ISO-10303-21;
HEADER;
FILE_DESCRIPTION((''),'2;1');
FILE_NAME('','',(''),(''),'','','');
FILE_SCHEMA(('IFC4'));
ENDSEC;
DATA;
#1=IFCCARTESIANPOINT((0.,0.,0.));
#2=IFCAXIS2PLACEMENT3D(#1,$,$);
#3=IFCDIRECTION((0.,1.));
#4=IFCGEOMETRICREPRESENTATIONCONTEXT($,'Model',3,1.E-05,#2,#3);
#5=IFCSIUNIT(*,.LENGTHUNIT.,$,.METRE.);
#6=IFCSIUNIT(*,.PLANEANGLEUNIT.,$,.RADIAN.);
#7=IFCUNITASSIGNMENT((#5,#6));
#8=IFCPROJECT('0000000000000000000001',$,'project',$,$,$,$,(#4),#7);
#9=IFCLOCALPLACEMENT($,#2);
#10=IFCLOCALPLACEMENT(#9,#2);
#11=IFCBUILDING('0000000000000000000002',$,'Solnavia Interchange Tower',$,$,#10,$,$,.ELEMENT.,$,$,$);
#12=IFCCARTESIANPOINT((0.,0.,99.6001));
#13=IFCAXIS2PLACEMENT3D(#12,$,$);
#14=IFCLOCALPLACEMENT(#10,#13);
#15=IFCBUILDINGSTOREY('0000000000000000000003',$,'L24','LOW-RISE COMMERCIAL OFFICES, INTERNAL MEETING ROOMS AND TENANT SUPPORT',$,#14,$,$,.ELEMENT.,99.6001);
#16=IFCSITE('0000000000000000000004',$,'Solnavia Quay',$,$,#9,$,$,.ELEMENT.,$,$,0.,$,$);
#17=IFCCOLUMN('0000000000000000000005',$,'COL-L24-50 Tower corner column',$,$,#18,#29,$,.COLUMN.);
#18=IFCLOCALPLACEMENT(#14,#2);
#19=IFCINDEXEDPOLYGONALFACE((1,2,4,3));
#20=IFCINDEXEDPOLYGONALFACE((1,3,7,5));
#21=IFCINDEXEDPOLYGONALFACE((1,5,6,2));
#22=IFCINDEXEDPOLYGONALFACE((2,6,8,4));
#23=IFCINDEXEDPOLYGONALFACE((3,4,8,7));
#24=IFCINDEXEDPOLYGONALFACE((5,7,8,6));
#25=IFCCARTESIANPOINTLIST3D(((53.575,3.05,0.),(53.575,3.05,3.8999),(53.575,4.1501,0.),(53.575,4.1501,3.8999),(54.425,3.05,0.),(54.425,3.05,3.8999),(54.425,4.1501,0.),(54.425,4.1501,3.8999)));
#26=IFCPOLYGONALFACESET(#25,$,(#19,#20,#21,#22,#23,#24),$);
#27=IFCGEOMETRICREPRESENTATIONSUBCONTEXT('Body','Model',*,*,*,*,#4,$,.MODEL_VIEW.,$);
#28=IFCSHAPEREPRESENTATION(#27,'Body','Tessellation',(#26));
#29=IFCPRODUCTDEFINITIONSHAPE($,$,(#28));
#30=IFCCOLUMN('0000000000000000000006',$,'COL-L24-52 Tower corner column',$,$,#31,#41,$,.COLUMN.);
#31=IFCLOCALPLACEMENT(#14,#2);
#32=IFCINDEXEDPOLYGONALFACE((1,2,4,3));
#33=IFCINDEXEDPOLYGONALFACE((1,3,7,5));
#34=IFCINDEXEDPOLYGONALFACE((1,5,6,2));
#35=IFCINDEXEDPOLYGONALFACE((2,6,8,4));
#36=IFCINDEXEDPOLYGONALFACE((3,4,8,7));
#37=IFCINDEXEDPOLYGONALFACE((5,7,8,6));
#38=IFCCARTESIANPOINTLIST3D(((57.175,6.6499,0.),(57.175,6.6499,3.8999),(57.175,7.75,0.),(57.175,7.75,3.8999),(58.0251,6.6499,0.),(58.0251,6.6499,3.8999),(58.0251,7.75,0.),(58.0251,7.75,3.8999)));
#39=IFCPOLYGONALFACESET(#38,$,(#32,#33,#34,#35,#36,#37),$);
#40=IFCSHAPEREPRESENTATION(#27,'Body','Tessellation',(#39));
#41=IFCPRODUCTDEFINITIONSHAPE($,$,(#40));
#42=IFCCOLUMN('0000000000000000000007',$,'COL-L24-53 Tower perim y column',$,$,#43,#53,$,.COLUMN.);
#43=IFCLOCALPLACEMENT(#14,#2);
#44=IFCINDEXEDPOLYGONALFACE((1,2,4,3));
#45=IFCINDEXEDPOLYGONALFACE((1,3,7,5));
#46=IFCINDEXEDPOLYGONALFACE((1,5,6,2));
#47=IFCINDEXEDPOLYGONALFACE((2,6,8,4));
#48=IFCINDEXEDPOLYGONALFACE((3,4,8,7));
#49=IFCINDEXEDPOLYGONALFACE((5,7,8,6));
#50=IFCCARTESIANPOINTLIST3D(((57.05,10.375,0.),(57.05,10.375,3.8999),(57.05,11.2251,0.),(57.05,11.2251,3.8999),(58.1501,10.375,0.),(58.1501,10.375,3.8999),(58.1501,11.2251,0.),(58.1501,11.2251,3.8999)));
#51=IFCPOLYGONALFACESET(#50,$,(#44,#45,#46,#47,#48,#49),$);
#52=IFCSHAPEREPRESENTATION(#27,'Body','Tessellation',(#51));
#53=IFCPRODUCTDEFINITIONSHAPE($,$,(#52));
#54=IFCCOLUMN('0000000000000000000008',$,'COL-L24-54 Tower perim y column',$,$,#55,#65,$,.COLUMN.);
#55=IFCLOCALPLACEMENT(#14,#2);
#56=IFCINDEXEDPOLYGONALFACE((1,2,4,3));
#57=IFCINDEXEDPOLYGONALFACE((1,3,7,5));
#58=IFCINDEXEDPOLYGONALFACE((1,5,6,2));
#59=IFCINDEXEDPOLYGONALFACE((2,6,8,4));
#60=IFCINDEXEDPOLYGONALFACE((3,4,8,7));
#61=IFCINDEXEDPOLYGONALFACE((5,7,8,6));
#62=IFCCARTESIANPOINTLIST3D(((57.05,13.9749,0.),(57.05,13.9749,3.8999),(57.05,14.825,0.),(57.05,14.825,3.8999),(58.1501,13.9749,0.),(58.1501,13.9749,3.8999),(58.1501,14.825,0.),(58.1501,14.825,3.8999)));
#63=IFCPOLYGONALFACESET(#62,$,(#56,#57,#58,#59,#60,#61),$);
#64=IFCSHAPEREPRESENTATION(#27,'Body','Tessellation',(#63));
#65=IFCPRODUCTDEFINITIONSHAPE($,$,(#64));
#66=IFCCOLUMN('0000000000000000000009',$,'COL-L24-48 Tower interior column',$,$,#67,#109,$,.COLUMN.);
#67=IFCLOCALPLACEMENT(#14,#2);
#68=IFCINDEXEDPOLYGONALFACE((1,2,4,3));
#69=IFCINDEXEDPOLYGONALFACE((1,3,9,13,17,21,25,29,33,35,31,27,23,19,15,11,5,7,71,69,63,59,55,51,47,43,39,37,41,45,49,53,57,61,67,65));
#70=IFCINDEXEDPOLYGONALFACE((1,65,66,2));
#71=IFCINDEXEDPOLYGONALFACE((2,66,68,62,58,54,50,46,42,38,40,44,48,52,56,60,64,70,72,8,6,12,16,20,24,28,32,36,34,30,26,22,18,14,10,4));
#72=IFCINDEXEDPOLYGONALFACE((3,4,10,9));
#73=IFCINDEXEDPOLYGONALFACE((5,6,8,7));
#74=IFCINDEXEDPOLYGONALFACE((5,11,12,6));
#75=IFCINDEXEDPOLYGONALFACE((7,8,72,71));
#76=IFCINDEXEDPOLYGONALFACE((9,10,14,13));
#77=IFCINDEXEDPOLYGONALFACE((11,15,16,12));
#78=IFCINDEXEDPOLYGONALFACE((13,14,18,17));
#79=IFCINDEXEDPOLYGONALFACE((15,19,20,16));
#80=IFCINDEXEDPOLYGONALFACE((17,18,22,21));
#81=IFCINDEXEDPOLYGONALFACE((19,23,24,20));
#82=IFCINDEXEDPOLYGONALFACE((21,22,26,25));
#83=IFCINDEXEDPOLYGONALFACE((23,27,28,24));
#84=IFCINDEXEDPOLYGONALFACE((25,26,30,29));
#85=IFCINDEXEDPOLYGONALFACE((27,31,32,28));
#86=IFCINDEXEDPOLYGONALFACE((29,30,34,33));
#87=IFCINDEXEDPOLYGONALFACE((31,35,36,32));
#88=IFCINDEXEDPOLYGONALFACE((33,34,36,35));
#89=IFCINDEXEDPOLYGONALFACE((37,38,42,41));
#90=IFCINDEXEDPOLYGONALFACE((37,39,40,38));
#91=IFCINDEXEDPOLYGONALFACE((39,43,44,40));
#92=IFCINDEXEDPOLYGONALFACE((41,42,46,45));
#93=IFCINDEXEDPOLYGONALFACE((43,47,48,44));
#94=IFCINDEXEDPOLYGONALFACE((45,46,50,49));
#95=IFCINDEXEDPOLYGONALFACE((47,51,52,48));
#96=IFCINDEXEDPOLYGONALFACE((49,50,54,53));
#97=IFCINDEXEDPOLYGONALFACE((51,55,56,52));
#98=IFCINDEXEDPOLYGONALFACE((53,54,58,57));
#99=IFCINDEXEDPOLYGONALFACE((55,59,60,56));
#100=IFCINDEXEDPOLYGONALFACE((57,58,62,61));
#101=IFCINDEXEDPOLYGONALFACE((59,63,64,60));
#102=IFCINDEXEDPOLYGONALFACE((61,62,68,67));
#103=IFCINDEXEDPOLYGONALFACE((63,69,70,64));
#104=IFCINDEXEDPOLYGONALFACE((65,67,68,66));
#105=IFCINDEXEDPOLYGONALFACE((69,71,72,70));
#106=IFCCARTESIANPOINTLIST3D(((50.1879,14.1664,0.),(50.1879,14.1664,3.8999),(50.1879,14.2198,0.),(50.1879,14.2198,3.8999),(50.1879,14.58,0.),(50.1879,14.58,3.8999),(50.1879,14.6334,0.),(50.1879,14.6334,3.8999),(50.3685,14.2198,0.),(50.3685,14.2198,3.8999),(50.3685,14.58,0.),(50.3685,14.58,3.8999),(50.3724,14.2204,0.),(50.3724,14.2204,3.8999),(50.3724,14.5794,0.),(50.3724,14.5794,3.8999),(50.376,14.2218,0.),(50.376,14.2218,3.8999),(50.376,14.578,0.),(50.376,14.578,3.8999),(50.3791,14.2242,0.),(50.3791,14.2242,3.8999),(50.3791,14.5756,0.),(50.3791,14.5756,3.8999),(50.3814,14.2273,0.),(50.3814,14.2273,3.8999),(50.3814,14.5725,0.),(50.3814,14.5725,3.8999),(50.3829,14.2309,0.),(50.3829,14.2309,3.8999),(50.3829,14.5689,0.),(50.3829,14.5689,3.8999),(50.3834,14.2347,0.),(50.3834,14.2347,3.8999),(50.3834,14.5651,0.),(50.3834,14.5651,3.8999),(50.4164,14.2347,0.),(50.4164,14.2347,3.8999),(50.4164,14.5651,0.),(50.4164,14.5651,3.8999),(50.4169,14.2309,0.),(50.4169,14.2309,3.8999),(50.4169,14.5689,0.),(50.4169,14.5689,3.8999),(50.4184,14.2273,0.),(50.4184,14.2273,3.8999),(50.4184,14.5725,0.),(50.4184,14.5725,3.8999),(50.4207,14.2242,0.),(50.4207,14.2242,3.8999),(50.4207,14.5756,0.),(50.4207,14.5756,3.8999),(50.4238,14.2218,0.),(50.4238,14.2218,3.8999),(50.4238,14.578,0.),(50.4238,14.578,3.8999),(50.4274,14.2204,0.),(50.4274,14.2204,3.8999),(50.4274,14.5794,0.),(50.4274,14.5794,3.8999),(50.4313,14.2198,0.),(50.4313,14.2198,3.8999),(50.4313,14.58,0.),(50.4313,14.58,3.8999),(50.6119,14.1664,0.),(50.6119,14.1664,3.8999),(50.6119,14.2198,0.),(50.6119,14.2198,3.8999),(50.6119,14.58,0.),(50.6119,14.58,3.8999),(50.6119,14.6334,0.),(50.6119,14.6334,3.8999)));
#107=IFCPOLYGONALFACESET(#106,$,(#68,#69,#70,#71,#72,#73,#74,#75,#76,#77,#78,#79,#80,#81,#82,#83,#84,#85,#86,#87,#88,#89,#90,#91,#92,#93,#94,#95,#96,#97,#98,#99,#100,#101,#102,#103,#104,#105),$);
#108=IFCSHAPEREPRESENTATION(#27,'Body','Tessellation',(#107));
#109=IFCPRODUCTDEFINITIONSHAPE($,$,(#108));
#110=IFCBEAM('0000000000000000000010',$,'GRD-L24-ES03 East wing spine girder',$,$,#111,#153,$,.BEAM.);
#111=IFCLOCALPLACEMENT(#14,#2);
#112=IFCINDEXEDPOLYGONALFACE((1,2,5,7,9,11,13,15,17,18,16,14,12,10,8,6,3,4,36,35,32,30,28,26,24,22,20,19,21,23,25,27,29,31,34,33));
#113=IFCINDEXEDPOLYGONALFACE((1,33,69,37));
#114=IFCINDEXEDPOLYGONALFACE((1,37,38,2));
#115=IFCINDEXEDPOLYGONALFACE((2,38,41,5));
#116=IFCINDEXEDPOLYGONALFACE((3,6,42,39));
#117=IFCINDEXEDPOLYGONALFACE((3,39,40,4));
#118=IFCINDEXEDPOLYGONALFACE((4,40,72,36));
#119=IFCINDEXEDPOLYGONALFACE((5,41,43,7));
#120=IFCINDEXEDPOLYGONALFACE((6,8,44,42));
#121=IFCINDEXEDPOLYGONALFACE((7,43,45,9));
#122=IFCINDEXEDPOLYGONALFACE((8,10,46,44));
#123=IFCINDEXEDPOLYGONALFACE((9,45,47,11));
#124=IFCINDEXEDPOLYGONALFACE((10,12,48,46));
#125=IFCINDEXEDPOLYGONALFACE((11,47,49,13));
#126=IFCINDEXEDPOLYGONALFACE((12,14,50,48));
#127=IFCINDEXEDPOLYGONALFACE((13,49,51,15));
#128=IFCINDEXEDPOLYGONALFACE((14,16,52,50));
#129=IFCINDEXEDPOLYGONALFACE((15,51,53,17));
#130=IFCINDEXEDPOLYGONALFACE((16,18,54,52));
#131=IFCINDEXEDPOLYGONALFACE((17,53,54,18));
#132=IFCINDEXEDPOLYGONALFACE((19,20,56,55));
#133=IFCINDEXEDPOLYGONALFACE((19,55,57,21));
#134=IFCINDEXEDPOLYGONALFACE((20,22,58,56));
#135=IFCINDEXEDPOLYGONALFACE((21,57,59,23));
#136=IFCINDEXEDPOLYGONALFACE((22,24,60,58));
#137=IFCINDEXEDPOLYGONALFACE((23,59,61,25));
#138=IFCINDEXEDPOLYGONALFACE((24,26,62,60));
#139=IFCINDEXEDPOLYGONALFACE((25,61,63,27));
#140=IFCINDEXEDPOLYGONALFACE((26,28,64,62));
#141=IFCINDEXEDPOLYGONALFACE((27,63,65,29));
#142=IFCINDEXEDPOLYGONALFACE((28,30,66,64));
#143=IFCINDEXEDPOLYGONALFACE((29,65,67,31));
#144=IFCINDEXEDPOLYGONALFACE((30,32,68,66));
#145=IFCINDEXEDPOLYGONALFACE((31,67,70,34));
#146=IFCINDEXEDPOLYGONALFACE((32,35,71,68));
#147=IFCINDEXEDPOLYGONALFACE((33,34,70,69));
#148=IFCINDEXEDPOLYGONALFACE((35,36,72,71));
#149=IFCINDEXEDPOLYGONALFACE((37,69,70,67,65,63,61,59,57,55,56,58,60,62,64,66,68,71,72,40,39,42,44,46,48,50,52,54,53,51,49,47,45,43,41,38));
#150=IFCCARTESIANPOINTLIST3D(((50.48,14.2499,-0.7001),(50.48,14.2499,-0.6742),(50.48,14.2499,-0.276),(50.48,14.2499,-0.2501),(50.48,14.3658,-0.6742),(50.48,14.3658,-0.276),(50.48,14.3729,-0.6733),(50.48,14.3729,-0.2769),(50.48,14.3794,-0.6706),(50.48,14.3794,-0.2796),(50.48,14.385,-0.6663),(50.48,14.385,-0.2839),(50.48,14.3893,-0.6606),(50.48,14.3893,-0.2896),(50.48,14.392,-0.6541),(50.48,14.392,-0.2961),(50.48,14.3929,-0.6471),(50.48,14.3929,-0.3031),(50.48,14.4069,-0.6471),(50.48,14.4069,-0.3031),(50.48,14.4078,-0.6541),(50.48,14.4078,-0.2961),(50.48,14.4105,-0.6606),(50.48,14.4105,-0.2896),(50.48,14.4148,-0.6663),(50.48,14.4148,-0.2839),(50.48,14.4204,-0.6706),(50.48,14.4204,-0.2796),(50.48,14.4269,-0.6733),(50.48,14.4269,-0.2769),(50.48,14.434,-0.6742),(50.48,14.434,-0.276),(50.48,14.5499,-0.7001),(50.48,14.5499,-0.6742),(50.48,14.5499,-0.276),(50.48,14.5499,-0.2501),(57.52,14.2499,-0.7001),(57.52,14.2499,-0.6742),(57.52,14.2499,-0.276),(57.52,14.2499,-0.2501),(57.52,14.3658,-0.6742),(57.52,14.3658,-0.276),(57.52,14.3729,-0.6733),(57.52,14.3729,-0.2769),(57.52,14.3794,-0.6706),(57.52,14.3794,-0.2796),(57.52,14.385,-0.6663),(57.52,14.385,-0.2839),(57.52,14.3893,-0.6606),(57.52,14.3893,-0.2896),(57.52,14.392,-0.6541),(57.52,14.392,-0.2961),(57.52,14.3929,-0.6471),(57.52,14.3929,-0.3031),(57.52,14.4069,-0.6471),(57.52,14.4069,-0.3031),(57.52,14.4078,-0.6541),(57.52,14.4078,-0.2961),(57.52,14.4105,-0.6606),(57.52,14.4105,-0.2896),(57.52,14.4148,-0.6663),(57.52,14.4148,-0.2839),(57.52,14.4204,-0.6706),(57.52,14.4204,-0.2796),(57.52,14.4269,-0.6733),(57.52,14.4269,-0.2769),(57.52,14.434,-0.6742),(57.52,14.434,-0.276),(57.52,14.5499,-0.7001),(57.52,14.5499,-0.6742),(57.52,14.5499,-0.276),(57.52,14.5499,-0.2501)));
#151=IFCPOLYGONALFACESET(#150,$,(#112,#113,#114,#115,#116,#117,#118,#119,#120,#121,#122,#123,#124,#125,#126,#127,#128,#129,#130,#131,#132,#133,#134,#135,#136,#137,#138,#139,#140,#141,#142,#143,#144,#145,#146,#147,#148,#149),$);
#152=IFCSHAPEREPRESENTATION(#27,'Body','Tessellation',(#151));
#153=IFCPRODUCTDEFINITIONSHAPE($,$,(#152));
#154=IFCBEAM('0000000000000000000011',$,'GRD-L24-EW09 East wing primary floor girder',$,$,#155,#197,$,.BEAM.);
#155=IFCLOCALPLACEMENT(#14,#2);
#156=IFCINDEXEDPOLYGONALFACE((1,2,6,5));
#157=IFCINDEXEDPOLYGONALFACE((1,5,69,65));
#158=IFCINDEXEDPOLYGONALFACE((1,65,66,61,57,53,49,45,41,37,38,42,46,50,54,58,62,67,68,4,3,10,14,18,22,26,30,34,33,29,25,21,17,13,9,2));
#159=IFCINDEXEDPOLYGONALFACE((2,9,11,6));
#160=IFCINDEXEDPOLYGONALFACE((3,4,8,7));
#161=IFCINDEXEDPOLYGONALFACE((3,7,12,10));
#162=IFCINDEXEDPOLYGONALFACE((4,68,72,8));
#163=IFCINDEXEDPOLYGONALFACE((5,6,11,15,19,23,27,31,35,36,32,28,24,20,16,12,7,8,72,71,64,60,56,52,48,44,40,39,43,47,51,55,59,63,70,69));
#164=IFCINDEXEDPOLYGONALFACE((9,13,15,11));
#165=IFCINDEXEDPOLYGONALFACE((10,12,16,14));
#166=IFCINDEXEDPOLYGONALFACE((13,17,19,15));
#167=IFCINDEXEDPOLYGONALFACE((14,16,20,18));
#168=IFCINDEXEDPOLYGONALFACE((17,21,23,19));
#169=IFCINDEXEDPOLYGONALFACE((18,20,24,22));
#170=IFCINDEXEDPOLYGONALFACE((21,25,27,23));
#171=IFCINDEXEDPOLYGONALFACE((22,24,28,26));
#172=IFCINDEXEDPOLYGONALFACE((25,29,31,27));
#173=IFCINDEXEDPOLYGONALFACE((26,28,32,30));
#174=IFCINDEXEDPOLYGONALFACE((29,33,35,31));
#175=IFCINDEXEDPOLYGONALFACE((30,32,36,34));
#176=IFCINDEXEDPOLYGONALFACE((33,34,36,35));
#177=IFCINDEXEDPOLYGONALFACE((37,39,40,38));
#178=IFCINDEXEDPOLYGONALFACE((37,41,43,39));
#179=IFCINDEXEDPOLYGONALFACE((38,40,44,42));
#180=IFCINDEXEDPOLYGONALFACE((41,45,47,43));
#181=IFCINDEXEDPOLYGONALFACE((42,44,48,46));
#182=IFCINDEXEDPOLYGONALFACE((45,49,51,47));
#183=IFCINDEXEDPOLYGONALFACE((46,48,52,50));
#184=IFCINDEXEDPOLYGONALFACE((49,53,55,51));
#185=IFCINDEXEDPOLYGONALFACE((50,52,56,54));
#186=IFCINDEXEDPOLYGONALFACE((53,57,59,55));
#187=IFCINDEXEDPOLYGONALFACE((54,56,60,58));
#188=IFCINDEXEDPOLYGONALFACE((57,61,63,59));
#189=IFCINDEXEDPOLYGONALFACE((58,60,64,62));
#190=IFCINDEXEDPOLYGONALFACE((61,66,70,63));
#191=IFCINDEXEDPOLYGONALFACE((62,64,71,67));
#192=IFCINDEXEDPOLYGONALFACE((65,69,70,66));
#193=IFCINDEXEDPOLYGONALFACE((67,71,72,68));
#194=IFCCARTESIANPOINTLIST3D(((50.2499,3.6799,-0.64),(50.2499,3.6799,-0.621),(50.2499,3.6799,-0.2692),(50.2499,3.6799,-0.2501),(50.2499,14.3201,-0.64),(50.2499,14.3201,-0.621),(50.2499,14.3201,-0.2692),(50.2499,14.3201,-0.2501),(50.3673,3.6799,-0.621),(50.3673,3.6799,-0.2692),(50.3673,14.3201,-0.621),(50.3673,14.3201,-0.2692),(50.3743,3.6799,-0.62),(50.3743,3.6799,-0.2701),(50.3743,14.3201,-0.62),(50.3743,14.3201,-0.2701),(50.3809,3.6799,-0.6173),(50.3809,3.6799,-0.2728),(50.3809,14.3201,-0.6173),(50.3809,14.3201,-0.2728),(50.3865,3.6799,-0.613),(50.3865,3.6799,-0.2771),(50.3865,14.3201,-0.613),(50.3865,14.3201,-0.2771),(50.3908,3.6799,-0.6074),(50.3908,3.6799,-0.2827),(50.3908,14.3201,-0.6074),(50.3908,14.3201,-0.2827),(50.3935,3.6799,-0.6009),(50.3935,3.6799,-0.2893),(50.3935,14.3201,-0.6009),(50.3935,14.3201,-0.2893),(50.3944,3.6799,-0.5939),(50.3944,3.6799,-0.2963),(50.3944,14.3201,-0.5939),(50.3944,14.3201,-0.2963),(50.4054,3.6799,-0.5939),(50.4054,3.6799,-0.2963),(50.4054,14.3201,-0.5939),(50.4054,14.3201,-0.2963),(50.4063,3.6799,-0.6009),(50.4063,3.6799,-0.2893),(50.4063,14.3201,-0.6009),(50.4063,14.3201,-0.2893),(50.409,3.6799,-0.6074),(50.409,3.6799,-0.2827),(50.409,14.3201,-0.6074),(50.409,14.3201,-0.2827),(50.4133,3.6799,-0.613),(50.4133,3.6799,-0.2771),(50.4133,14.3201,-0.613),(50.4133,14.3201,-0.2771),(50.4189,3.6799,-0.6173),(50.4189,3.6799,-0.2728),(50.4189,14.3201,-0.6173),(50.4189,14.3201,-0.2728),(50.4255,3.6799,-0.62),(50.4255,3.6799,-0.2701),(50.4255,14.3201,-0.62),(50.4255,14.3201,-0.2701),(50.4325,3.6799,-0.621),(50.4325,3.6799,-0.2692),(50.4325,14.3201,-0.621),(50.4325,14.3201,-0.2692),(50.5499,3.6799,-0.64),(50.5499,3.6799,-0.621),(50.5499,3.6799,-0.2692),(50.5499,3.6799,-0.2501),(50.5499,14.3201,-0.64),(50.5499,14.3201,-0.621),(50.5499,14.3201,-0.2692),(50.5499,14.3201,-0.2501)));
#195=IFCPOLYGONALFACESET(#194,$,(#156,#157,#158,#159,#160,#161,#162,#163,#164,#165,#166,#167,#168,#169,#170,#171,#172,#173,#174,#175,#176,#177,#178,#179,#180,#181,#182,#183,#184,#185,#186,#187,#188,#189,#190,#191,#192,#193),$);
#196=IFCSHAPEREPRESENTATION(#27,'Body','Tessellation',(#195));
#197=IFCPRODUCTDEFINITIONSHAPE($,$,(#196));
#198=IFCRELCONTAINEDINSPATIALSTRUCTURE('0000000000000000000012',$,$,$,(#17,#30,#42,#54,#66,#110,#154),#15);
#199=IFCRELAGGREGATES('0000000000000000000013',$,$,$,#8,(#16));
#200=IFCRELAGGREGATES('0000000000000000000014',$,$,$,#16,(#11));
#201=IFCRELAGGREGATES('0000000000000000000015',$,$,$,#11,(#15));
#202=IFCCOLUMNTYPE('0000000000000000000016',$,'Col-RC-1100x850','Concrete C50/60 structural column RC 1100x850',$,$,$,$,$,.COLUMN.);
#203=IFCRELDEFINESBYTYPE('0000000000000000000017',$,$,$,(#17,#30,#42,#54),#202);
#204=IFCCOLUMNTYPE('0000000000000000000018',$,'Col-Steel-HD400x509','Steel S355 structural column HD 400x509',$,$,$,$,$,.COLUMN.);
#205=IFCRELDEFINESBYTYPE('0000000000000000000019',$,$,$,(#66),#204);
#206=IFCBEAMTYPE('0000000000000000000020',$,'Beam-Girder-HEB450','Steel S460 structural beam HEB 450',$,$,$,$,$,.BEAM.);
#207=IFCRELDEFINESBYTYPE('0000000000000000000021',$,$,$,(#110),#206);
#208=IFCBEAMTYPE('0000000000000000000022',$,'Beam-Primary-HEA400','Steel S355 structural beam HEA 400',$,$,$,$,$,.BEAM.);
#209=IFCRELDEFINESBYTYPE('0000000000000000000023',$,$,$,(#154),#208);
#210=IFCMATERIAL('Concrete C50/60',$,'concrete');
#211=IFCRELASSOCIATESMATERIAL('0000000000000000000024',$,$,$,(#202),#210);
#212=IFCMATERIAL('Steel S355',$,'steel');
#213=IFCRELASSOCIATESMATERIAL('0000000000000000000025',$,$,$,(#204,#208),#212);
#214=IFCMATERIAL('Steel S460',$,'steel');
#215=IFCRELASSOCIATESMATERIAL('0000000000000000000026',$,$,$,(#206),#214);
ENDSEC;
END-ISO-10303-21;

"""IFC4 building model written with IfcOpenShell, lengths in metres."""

from ifc_helpers import new_model, si_unit, direction, frame, origin, origin_2d, place, context, subcontext, project, spatial, rectangle, i_section, extrude, material, material_profile, profile_set, type_object, element, save


model = new_model("IFC4")

# Units and contexts
model_context = context("Model", 3, precision=1e-05, world=origin(), true_north=direction((0.0, 1.0)))
body_context = subcontext(model_context, "Body", "Model", "MODEL_VIEW")
ifc_project = project(units=[si_unit("LENGTHUNIT", "METRE"), si_unit("PLANEANGLEUNIT", "RADIAN")], contexts=[model_context])

# Site, building, storey
site_placement = place(None, origin())
site = spatial("IfcSite", under=ifc_project, at=site_placement, Name="Solnavia Quay", CompositionType="ELEMENT", RefElevation=0.0)
building_placement = place(site_placement, origin())
building = spatial("IfcBuilding", under=site, at=building_placement, Name="Solnavia Interchange Tower", CompositionType="ELEMENT")
storey_placement = place(building_placement, frame((0.0, 0.0, 99.6001)))
storey = spatial("IfcBuildingStorey", under=building, at=storey_placement, Name="L24", Description="LOW-RISE COMMERCIAL OFFICES, INTERNAL MEETING ROOMS AND TENANT SUPPORT", CompositionType="ELEMENT", Elevation=99.6001)

# Columns
ifc_material_1 = material(Name="Concrete C50/60", Category="concrete")
ifc_material_profile_1 = material_profile(ifc_material_1, rectangle(XDim=0.8501, YDim=1.1001, at=origin_2d()), Name="RC 1100x850")
ifc_profile_set_1 = profile_set([ifc_material_profile_1], Name="Concrete C50/60")
column_type_1 = type_object("IfcColumnType", Name="Col-RC-1100x850", Description="Concrete C50/60 structural column RC 1100x850", PredefinedType="COLUMN", material=ifc_profile_set_1)
for number, where, z_axis, x_axis, name in (
    (1, (54.0, 3.6001, 0.0), (0.0, 0.0, 1.0), (1.0, 0.0, 0.0), "COL-L24-50 Tower corner column"),
    (2, (57.6001, 7.2, 0.0), (0.0, 0.0, 1.0), (1.0, 0.0, 0.0), "COL-L24-52 Tower corner column"),
    (3, (57.6001, 10.8, 0.0), (0.0, 0.0, 1.0), (0.0, 1.0, 0.0), "COL-L24-53 Tower perim y column"),
    (4, (57.6001, 14.3999, 0.0), (0.0, 0.0, 1.0), (0.0, 1.0, 0.0), "COL-L24-54 Tower perim y column"),
):
    element("IfcColumn", number, at=place(storey_placement, frame(where, z_axis=z_axis, x_axis=x_axis)), inside=storey, type_object=column_type_1, Name=name, PredefinedType="COLUMN", context=body_context, shape_type="SweptSolid", body=[
        extrude(rectangle(XDim=0.8501, YDim=1.1001, at=origin_2d()), origin(), (0.0, 0.0, 1.0), 3.8999),
    ])
ifc_material_2 = material(Name="Steel S355", Category="steel")
ifc_material_profile_2 = material_profile(ifc_material_2, i_section(OverallWidth=0.4241, OverallDepth=0.467, WebThickness=0.033, FlangeThickness=0.0535, FilletRadius=0.0149, at=origin_2d()), Name="HD 400x509")
ifc_profile_set_2 = profile_set([ifc_material_profile_2], Name="Steel S355")
column_type_2 = type_object("IfcColumnType", Name="Col-Steel-HD400x509", Description="Steel S355 structural column HD 400x509", PredefinedType="COLUMN", material=ifc_profile_set_2)
column_placement = place(storey_placement, frame((50.3999, 14.3999, 0.0), z_axis=(0.0, 0.0, 1.0), x_axis=(1.0, 0.0, 0.0)))
element("IfcColumn", 5, at=column_placement, inside=storey, type_object=column_type_2, Name="COL-L24-48 Tower interior column", PredefinedType="COLUMN", context=body_context, shape_type="SweptSolid", body=[
    extrude(i_section(OverallWidth=0.4241, OverallDepth=0.467, WebThickness=0.033, FlangeThickness=0.0535, FilletRadius=0.0149, at=origin_2d()), origin(), (0.0, 0.0, 1.0), 3.8999),
])

# Beams
ifc_material_3 = material(Name="Steel S460", Category="steel")
ifc_material_profile_3 = material_profile(ifc_material_3, i_section(OverallWidth=0.3, OverallDepth=0.45, WebThickness=0.0139, FlangeThickness=0.0259, FilletRadius=0.0271, at=origin_2d()), Name="HEB 450")
ifc_profile_set_3 = profile_set([ifc_material_profile_3], Name="Steel S460")
beam_type_1 = type_object("IfcBeamType", Name="Beam-Girder-HEB450", Description="Steel S460 structural beam HEB 450", PredefinedType="BEAM", material=ifc_profile_set_3)
beam_1_placement = place(storey_placement, frame((50.48, 14.3999, -0.4751), z_axis=(1.0, 0.0, 0.0), x_axis=(0.0, 1.0, 0.0)))
element("IfcBeam", 6, at=beam_1_placement, inside=storey, type_object=beam_type_1, Name="GRD-L24-ES03 East wing spine girder", PredefinedType="BEAM", context=body_context, shape_type="SweptSolid", body=[
    extrude(i_section(OverallWidth=0.3, OverallDepth=0.45, WebThickness=0.0139, FlangeThickness=0.0259, FilletRadius=0.0271, at=origin_2d()), origin(), (0.0, 0.0, 1.0), 7.04),
])
ifc_material_profile_4 = material_profile(ifc_material_2, i_section(OverallWidth=0.3, OverallDepth=0.3899, WebThickness=0.011, FlangeThickness=0.019, FilletRadius=0.0271, at=origin_2d()), Name="HEA 400")
ifc_profile_set_4 = profile_set([ifc_material_profile_4], Name="Steel S355")
beam_type_2 = type_object("IfcBeamType", Name="Beam-Primary-HEA400", Description="Steel S355 structural beam HEA 400", PredefinedType="BEAM", material=ifc_profile_set_4)
for number, where, z_axis, x_axis, name in (
    (7, (50.3999, 3.6799, -0.4451), (0.0, 1.0, 0.0), (-1.0, 0.0, 0.0), "GRD-L24-EW09 East wing primary floor girder"),
):
    element("IfcBeam", number, at=place(storey_placement, frame(where, z_axis=z_axis, x_axis=x_axis)), inside=storey, type_object=beam_type_2, Name=name, PredefinedType="BEAM", context=body_context, shape_type="SweptSolid", body=[
        extrude(i_section(OverallWidth=0.3, OverallDepth=0.3899, WebThickness=0.011, FlangeThickness=0.019, FilletRadius=0.0271, at=origin_2d()), origin(), (0.0, 0.0, 1.0), 10.6401),
    ])

save(model, "model.ifc")
